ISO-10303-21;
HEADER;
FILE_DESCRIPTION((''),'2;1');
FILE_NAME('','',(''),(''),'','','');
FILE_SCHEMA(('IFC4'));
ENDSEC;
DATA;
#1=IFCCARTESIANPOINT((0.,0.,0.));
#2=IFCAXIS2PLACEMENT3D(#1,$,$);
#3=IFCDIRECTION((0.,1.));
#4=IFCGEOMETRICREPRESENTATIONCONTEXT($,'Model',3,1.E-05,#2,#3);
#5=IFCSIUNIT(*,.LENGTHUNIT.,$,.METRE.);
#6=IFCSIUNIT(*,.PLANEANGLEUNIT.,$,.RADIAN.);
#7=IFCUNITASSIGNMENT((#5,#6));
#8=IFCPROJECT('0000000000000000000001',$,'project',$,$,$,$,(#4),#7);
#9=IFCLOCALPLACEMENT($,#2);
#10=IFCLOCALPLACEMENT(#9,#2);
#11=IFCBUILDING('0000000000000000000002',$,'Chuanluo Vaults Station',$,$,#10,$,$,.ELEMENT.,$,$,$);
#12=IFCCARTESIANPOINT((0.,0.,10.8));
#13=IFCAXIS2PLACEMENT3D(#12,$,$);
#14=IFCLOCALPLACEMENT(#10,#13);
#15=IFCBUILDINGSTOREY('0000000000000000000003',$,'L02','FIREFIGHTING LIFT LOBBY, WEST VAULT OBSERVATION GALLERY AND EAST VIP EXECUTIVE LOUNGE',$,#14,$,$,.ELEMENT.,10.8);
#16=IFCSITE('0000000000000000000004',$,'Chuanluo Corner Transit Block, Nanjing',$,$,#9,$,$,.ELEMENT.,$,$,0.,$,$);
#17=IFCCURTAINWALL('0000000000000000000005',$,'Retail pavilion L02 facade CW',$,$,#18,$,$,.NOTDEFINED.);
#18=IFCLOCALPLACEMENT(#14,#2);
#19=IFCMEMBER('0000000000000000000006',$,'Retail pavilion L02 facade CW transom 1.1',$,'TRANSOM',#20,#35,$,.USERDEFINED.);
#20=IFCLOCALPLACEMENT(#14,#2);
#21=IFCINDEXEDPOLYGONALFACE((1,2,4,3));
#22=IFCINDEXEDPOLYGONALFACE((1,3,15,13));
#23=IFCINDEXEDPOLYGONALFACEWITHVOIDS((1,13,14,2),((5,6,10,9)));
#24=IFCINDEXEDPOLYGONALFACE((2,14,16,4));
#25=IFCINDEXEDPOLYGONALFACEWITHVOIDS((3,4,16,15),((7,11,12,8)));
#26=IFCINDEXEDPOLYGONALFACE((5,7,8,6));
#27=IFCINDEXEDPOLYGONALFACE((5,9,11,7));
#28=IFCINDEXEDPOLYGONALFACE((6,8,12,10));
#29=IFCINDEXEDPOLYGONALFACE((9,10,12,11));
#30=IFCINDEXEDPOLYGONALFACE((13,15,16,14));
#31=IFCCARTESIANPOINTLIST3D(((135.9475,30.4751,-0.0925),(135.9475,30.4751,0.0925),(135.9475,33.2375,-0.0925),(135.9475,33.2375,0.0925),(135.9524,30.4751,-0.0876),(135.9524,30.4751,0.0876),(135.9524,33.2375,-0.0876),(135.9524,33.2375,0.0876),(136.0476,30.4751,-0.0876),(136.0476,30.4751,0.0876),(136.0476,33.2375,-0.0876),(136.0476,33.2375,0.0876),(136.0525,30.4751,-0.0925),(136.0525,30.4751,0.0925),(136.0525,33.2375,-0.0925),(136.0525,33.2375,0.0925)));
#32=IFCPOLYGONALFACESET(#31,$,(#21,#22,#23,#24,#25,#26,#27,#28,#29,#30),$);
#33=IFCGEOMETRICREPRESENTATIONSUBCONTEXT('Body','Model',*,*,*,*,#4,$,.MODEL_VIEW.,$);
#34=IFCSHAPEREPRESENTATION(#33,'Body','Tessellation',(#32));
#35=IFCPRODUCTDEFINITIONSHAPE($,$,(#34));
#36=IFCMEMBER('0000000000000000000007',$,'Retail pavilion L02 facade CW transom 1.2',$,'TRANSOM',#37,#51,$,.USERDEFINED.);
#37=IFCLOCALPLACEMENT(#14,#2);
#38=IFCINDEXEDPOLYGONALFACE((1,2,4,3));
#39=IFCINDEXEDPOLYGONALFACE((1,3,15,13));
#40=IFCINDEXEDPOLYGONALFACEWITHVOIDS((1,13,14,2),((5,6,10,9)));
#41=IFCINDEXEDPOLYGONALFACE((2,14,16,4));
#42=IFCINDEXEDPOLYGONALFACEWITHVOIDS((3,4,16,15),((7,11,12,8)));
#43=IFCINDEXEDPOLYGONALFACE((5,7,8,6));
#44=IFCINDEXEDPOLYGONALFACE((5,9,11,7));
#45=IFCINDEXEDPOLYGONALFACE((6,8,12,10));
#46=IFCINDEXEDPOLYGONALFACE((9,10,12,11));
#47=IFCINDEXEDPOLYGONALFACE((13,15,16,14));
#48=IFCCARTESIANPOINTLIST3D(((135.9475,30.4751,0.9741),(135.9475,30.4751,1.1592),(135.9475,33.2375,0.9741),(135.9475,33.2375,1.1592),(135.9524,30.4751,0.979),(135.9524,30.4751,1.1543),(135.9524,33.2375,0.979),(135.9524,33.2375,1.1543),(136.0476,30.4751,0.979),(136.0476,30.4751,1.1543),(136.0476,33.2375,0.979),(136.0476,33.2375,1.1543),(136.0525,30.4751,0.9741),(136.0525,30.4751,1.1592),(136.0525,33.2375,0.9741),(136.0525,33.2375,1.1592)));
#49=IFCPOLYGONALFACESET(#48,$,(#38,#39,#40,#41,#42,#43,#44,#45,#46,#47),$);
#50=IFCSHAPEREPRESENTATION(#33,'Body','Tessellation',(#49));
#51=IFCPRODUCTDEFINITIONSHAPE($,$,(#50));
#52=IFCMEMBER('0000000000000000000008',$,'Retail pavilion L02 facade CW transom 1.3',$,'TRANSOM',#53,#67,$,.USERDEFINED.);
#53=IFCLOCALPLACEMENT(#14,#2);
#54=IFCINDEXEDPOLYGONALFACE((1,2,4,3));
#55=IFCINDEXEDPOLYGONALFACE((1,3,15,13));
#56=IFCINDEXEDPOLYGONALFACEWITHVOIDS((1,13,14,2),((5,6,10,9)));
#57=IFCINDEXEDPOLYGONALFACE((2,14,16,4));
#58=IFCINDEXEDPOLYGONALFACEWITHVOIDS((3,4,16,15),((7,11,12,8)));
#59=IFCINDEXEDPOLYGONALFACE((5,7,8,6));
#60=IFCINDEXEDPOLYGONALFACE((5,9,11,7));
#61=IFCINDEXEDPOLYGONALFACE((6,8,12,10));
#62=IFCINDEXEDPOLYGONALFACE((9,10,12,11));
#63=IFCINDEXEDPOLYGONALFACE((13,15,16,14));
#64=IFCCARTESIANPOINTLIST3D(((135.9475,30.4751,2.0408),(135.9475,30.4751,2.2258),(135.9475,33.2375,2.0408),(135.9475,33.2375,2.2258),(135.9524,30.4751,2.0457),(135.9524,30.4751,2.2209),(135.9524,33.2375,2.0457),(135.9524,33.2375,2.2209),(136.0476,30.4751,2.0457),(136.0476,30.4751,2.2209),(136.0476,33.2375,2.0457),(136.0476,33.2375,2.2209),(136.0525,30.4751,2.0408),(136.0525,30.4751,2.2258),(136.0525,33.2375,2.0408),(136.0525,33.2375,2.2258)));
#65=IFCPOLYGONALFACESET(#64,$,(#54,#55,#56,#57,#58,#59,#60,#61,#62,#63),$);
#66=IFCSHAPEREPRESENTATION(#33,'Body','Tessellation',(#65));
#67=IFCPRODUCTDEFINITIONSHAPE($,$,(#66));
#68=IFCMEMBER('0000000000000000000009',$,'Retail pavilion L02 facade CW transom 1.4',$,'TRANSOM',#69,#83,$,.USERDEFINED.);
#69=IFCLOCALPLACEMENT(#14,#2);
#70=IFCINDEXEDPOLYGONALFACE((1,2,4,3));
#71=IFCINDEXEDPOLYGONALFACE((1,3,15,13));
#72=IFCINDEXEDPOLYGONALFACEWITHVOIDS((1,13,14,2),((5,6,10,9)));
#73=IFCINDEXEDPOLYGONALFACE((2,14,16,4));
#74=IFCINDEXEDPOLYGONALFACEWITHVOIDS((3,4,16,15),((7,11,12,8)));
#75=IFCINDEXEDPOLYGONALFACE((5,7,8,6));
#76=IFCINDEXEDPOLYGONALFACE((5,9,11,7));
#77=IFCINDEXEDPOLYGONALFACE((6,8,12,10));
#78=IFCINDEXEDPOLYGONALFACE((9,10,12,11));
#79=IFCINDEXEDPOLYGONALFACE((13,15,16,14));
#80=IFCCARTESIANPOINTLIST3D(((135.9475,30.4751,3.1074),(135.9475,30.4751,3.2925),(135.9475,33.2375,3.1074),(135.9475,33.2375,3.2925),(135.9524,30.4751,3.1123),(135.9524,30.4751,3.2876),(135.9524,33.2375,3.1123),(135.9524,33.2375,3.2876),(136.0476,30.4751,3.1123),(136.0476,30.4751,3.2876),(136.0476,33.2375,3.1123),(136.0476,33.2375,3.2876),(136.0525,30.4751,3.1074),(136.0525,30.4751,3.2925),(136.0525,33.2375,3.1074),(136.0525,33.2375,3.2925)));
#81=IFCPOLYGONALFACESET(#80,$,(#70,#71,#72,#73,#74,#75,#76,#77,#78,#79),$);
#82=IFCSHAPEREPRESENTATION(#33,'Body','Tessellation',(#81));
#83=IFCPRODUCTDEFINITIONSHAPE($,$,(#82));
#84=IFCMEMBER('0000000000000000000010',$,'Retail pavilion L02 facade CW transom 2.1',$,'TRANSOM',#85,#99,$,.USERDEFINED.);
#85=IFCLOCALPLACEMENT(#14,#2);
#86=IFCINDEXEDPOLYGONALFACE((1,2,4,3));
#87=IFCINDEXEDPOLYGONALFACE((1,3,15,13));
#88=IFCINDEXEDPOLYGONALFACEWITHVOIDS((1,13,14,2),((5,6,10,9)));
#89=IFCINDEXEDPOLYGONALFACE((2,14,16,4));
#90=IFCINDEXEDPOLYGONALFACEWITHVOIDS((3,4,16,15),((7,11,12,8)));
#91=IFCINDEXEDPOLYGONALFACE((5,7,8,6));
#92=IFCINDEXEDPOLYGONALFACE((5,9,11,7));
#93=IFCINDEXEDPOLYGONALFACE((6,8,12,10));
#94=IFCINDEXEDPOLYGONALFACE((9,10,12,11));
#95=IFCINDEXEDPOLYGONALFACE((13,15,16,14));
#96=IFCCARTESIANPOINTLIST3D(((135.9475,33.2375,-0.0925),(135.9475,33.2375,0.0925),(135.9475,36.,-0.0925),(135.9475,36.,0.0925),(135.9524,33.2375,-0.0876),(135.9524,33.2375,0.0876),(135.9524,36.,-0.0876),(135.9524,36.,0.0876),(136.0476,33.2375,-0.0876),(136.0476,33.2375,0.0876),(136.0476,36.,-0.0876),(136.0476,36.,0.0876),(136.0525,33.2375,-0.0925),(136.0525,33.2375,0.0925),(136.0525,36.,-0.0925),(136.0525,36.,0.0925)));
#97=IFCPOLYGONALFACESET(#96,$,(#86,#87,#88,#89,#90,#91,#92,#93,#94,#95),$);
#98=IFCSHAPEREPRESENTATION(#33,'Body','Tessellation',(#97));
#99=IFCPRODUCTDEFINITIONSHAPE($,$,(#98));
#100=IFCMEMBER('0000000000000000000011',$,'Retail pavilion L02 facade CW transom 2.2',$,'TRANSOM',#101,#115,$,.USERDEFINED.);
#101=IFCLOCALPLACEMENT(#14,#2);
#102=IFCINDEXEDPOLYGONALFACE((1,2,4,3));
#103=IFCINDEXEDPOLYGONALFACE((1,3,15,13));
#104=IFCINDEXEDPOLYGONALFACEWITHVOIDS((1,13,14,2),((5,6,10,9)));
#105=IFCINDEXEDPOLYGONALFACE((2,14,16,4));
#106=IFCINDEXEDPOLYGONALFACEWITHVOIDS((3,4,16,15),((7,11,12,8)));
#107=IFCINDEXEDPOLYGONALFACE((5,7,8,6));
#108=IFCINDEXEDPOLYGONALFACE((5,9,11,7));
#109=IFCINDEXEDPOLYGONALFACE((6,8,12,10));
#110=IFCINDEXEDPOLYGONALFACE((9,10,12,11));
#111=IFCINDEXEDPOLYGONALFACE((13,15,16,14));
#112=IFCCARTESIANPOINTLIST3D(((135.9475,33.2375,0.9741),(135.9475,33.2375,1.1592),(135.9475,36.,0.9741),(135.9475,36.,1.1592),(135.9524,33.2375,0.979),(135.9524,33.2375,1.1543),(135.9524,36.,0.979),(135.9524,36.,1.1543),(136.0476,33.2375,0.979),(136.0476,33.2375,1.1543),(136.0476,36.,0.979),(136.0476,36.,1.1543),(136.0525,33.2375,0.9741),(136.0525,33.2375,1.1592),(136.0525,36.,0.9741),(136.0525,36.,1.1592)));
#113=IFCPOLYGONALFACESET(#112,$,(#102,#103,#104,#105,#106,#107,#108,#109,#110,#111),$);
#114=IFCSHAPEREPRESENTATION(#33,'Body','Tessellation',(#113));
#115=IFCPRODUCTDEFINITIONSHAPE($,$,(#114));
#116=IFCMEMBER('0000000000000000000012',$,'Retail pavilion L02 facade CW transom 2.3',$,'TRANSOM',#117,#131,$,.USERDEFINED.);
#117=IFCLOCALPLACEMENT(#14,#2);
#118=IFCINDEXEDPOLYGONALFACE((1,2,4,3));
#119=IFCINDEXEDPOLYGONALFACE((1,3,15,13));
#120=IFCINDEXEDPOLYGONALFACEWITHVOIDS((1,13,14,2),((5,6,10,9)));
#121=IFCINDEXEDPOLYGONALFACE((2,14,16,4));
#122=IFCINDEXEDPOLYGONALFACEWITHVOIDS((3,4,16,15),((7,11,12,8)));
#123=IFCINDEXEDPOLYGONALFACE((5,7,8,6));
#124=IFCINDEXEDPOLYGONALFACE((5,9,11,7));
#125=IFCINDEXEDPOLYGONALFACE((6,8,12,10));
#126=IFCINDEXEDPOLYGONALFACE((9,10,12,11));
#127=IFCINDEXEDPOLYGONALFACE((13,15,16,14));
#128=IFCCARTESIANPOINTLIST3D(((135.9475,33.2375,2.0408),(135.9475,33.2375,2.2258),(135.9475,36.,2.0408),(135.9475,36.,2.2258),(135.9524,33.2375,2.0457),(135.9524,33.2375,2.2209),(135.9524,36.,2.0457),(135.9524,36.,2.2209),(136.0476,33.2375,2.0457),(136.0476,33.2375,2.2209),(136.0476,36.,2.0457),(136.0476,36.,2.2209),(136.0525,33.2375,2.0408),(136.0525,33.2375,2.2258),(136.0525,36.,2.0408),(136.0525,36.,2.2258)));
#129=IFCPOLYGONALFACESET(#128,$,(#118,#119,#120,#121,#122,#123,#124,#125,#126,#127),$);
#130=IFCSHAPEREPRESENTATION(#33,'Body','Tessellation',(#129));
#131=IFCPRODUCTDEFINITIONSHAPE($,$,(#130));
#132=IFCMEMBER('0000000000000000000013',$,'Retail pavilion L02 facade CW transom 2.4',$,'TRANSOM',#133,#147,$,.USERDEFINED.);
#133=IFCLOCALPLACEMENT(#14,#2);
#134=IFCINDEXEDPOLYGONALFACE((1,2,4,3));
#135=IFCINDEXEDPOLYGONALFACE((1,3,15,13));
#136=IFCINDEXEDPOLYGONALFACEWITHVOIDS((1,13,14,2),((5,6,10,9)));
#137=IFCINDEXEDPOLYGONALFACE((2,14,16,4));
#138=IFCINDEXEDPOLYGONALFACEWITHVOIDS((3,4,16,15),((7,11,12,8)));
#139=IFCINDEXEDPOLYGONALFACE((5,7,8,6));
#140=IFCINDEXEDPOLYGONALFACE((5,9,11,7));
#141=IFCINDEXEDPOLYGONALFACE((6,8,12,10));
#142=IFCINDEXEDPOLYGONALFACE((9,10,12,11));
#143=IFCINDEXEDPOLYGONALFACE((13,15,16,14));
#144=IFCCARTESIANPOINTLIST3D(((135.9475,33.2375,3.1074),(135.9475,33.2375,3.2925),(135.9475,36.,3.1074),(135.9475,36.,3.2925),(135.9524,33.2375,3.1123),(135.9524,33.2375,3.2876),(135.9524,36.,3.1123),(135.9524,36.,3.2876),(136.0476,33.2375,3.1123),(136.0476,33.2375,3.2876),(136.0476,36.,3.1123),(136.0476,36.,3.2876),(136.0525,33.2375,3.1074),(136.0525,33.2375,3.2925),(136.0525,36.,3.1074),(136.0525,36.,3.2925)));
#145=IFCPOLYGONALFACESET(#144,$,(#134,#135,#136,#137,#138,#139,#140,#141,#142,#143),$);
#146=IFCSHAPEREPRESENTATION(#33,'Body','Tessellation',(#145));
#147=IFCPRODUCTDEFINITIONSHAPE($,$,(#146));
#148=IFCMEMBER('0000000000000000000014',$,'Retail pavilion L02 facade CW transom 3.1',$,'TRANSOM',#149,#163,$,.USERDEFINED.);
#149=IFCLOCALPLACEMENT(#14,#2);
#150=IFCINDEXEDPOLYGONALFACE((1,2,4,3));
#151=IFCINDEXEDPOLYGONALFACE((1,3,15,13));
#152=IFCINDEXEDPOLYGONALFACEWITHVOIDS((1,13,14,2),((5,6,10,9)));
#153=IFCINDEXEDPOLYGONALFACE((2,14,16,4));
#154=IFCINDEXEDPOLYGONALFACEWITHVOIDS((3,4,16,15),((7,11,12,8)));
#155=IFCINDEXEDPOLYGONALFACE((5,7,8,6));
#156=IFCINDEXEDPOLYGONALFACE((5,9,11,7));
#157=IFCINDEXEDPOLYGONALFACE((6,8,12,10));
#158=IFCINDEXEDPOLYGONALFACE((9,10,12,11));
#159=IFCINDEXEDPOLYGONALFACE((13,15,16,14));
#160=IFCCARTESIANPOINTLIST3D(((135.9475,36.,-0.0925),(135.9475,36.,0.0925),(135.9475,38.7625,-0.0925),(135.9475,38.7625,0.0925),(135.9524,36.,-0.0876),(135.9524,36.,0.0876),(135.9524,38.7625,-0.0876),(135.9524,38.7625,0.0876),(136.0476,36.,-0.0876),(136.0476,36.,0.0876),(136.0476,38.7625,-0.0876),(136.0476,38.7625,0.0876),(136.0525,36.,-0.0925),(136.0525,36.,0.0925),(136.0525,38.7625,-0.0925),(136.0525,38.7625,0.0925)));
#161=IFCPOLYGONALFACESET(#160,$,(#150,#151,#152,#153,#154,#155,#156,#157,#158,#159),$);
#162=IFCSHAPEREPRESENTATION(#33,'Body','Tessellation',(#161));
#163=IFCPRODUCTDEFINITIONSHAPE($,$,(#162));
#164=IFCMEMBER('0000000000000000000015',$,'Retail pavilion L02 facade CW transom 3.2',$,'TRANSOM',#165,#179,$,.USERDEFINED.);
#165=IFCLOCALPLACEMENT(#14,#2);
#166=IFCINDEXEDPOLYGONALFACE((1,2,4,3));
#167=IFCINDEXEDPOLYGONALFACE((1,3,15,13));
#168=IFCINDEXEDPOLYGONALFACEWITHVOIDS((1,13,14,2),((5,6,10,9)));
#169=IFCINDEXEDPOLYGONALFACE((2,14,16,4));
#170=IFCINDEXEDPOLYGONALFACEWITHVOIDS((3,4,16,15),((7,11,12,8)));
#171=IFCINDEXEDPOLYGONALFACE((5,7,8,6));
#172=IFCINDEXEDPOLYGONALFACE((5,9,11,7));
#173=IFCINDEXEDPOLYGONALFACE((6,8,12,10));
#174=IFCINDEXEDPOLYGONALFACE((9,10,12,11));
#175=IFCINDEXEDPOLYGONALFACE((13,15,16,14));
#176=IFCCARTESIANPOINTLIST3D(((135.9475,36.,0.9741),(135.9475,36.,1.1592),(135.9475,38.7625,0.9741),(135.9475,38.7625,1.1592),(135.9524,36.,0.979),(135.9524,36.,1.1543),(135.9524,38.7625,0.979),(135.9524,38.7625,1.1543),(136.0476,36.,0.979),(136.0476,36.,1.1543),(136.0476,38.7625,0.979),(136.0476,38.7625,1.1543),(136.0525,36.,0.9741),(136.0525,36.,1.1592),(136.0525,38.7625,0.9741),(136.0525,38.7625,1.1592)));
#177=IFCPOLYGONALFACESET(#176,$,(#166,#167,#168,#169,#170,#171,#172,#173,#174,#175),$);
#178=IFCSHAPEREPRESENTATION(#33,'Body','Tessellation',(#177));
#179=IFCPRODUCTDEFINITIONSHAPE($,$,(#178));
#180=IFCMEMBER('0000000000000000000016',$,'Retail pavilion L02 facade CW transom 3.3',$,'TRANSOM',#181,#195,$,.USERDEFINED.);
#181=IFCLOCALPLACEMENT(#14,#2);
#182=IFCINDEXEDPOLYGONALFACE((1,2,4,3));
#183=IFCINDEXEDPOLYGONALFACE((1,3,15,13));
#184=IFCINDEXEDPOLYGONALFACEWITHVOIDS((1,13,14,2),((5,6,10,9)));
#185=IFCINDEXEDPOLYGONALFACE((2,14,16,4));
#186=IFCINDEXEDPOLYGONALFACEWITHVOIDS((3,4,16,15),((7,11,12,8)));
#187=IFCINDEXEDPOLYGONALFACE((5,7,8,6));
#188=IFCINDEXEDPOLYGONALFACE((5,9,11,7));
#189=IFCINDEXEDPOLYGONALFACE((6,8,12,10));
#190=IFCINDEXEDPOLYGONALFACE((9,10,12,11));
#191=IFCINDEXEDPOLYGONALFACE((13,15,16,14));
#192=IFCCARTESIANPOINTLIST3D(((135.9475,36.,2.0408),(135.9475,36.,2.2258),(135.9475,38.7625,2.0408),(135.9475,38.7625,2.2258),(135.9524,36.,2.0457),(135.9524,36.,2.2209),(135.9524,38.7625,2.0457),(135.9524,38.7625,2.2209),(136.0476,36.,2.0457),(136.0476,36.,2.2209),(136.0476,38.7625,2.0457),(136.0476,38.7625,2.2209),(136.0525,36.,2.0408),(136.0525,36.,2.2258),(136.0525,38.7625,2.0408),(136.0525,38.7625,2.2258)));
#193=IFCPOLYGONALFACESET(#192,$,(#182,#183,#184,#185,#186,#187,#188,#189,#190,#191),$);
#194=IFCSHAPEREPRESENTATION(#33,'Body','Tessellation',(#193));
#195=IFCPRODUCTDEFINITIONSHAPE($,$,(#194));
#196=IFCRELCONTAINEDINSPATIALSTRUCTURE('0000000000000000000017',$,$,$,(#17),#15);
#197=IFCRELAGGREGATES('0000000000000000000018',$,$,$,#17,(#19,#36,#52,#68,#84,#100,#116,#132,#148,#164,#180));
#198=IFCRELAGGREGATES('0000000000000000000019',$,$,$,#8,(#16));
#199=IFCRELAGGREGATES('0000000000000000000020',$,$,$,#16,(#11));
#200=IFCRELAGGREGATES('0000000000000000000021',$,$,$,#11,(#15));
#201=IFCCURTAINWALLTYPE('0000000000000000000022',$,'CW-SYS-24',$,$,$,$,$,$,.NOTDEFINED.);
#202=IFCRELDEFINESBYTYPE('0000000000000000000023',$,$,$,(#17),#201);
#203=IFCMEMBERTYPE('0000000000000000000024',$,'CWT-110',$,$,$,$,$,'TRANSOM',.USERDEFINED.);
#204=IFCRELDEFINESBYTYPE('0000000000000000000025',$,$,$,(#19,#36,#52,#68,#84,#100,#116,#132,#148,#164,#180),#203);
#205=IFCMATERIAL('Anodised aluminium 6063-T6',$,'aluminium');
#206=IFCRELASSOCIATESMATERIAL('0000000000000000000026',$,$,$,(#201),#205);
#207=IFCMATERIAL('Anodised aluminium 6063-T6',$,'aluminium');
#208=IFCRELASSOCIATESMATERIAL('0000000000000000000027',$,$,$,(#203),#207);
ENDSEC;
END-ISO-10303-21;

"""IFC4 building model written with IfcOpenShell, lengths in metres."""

from ifc_helpers import new_model, si_unit, direction, frame, origin, origin_2d, place, context, subcontext, project, spatial, hollow_rectangle, extrude, material, material_profile, profile_set, type_object, element, aggregate, save


model = new_model("IFC4")

# Units and contexts
model_context = context("Model", 3, precision=1e-05, world=origin(), true_north=direction((0.0, 1.0)))
body_context = subcontext(model_context, "Body", "Model", "MODEL_VIEW")
ifc_project = project(units=[si_unit("LENGTHUNIT", "METRE"), si_unit("PLANEANGLEUNIT", "RADIAN")], contexts=[model_context])

# Site, building, storey
site_placement = place(None, origin())
site = spatial("IfcSite", under=ifc_project, at=site_placement, Name="Chuanluo Corner Transit Block, Nanjing", CompositionType="ELEMENT", RefElevation=0.0)
building_placement = place(site_placement, origin())
building = spatial("IfcBuilding", under=site, at=building_placement, Name="Chuanluo Vaults Station", CompositionType="ELEMENT")
storey_placement = place(building_placement, frame((0.0, 0.0, 10.8)))
storey = spatial("IfcBuildingStorey", under=building, at=storey_placement, Name="L02", Description="FIREFIGHTING LIFT LOBBY, WEST VAULT OBSERVATION GALLERY AND EAST VIP EXECUTIVE LOUNGE", CompositionType="ELEMENT", Elevation=10.8)

# Curtain wall, members
ifc_material_1 = material(Name="Anodised aluminium 6063-T6", Category="aluminium")
curtain_wall_type = type_object("IfcCurtainWallType", Name="CW-SYS-24", PredefinedType="NOTDEFINED", material=ifc_material_1)
curtain_wall_placement = place(storey_placement, origin())
curtain_wall = element("IfcCurtainWall", 1, at=curtain_wall_placement, inside=storey, type_object=curtain_wall_type, Name="Retail pavilion L02 facade CW", PredefinedType="NOTDEFINED")
ifc_material_2 = material(Name="Anodised aluminium 6063-T6", Category="aluminium")
ifc_material_profile_1 = material_profile(ifc_material_2, hollow_rectangle(XDim=0.105, YDim=0.1851, WallThickness=0.0049, at=origin_2d()))
ifc_profile_set_1 = profile_set([ifc_material_profile_1], Name="Anodised aluminium 6063-T6")
member_type_1 = type_object("IfcMemberType", Name="CWT-110", ElementType="TRANSOM", PredefinedType="USERDEFINED", material=ifc_profile_set_1)
member_1_placement = place(storey_placement, frame((136.0, 30.4751, 0.0), z_axis=(0.0, 1.0, 0.0), x_axis=(-1.0, 0.0, 0.0)))
member_1 = element("IfcMember", 2, at=member_1_placement, type_object=member_type_1, Name="Retail pavilion L02 facade CW transom 1.1", ObjectType="TRANSOM", PredefinedType="USERDEFINED", context=body_context, shape_type="SweptSolid", body=[
    extrude(hollow_rectangle(XDim=0.105, YDim=0.1851, WallThickness=0.0049, at=origin_2d()), origin(), (0.0, 0.0, 1.0), 2.7625),
])
member_2_placement = place(storey_placement, frame((136.0, 30.4751, 1.0667), z_axis=(0.0, 1.0, 0.0), x_axis=(-1.0, 0.0, 0.0)))
member_2 = element("IfcMember", 3, at=member_2_placement, type_object=member_type_1, Name="Retail pavilion L02 facade CW transom 1.2", ObjectType="TRANSOM", PredefinedType="USERDEFINED", context=body_context, shape_type="SweptSolid", body=[
    extrude(hollow_rectangle(XDim=0.105, YDim=0.1851, WallThickness=0.0049, at=origin_2d()), origin(), (0.0, 0.0, 1.0), 2.7625),
])
member_3_placement = place(storey_placement, frame((136.0, 30.4751, 2.1333), z_axis=(0.0, 1.0, 0.0), x_axis=(-1.0, 0.0, 0.0)))
member_3 = element("IfcMember", 4, at=member_3_placement, type_object=member_type_1, Name="Retail pavilion L02 facade CW transom 1.3", ObjectType="TRANSOM", PredefinedType="USERDEFINED", context=body_context, shape_type="SweptSolid", body=[
    extrude(hollow_rectangle(XDim=0.105, YDim=0.1851, WallThickness=0.0049, at=origin_2d()), origin(), (0.0, 0.0, 1.0), 2.7625),
])
member_4_placement = place(storey_placement, frame((136.0, 30.4751, 3.2), z_axis=(0.0, 1.0, 0.0), x_axis=(-1.0, 0.0, 0.0)))
member_4 = element("IfcMember", 5, at=member_4_placement, type_object=member_type_1, Name="Retail pavilion L02 facade CW transom 1.4", ObjectType="TRANSOM", PredefinedType="USERDEFINED", context=body_context, shape_type="SweptSolid", body=[
    extrude(hollow_rectangle(XDim=0.105, YDim=0.1851, WallThickness=0.0049, at=origin_2d()), origin(), (0.0, 0.0, 1.0), 2.7625),
])
member_5_placement = place(storey_placement, frame((136.0, 33.2375, 0.0), z_axis=(0.0, 1.0, 0.0), x_axis=(-1.0, 0.0, 0.0)))
member_5 = element("IfcMember", 6, at=member_5_placement, type_object=member_type_1, Name="Retail pavilion L02 facade CW transom 2.1", ObjectType="TRANSOM", PredefinedType="USERDEFINED", context=body_context, shape_type="SweptSolid", body=[
    extrude(hollow_rectangle(XDim=0.105, YDim=0.1851, WallThickness=0.0049, at=origin_2d()), origin(), (0.0, 0.0, 1.0), 2.7625),
])
member_6_placement = place(storey_placement, frame((136.0, 33.2375, 1.0667), z_axis=(0.0, 1.0, 0.0), x_axis=(-1.0, 0.0, 0.0)))
member_6 = element("IfcMember", 7, at=member_6_placement, type_object=member_type_1, Name="Retail pavilion L02 facade CW transom 2.2", ObjectType="TRANSOM", PredefinedType="USERDEFINED", context=body_context, shape_type="SweptSolid", body=[
    extrude(hollow_rectangle(XDim=0.105, YDim=0.1851, WallThickness=0.0049, at=origin_2d()), origin(), (0.0, 0.0, 1.0), 2.7625),
])
member_7_placement = place(storey_placement, frame((136.0, 33.2375, 2.1333), z_axis=(0.0, 1.0, 0.0), x_axis=(-1.0, 0.0, 0.0)))
member_7 = element("IfcMember", 8, at=member_7_placement, type_object=member_type_1, Name="Retail pavilion L02 facade CW transom 2.3", ObjectType="TRANSOM", PredefinedType="USERDEFINED", context=body_context, shape_type="SweptSolid", body=[
    extrude(hollow_rectangle(XDim=0.105, YDim=0.1851, WallThickness=0.0049, at=origin_2d()), origin(), (0.0, 0.0, 1.0), 2.7625),
])
member_8_placement = place(storey_placement, frame((136.0, 33.2375, 3.2), z_axis=(0.0, 1.0, 0.0), x_axis=(-1.0, 0.0, 0.0)))
member_8 = element("IfcMember", 9, at=member_8_placement, type_object=member_type_1, Name="Retail pavilion L02 facade CW transom 2.4", ObjectType="TRANSOM", PredefinedType="USERDEFINED", context=body_context, shape_type="SweptSolid", body=[
    extrude(hollow_rectangle(XDim=0.105, YDim=0.1851, WallThickness=0.0049, at=origin_2d()), origin(), (0.0, 0.0, 1.0), 2.7625),
])
member_9_placement = place(storey_placement, frame((136.0, 36.0, 0.0), z_axis=(0.0, 1.0, 0.0), x_axis=(-1.0, 0.0, 0.0)))
member_9 = element("IfcMember", 10, at=member_9_placement, type_object=member_type_1, Name="Retail pavilion L02 facade CW transom 3.1", ObjectType="TRANSOM", PredefinedType="USERDEFINED", context=body_context, shape_type="SweptSolid", body=[
    extrude(hollow_rectangle(XDim=0.105, YDim=0.1851, WallThickness=0.0049, at=origin_2d()), origin(), (0.0, 0.0, 1.0), 2.7625),
])
member_10_placement = place(storey_placement, frame((136.0, 36.0, 1.0667), z_axis=(0.0, 1.0, 0.0), x_axis=(-1.0, 0.0, 0.0)))
member_10 = element("IfcMember", 11, at=member_10_placement, type_object=member_type_1, Name="Retail pavilion L02 facade CW transom 3.2", ObjectType="TRANSOM", PredefinedType="USERDEFINED", context=body_context, shape_type="SweptSolid", body=[
    extrude(hollow_rectangle(XDim=0.105, YDim=0.1851, WallThickness=0.0049, at=origin_2d()), origin(), (0.0, 0.0, 1.0), 2.7625),
])
member_11_placement = place(storey_placement, frame((136.0, 36.0, 2.1333), z_axis=(0.0, 1.0, 0.0), x_axis=(-1.0, 0.0, 0.0)))
member_11 = element("IfcMember", 12, at=member_11_placement, type_object=member_type_1, Name="Retail pavilion L02 facade CW transom 3.3", ObjectType="TRANSOM", PredefinedType="USERDEFINED", context=body_context, shape_type="SweptSolid", body=[
    extrude(hollow_rectangle(XDim=0.105, YDim=0.1851, WallThickness=0.0049, at=origin_2d()), origin(), (0.0, 0.0, 1.0), 2.7625),
])
aggregate(curtain_wall, [member_1, member_2, member_3, member_4, member_5, member_6, member_7, member_8, member_9, member_10, member_11])

save(model, "model.ifc")
